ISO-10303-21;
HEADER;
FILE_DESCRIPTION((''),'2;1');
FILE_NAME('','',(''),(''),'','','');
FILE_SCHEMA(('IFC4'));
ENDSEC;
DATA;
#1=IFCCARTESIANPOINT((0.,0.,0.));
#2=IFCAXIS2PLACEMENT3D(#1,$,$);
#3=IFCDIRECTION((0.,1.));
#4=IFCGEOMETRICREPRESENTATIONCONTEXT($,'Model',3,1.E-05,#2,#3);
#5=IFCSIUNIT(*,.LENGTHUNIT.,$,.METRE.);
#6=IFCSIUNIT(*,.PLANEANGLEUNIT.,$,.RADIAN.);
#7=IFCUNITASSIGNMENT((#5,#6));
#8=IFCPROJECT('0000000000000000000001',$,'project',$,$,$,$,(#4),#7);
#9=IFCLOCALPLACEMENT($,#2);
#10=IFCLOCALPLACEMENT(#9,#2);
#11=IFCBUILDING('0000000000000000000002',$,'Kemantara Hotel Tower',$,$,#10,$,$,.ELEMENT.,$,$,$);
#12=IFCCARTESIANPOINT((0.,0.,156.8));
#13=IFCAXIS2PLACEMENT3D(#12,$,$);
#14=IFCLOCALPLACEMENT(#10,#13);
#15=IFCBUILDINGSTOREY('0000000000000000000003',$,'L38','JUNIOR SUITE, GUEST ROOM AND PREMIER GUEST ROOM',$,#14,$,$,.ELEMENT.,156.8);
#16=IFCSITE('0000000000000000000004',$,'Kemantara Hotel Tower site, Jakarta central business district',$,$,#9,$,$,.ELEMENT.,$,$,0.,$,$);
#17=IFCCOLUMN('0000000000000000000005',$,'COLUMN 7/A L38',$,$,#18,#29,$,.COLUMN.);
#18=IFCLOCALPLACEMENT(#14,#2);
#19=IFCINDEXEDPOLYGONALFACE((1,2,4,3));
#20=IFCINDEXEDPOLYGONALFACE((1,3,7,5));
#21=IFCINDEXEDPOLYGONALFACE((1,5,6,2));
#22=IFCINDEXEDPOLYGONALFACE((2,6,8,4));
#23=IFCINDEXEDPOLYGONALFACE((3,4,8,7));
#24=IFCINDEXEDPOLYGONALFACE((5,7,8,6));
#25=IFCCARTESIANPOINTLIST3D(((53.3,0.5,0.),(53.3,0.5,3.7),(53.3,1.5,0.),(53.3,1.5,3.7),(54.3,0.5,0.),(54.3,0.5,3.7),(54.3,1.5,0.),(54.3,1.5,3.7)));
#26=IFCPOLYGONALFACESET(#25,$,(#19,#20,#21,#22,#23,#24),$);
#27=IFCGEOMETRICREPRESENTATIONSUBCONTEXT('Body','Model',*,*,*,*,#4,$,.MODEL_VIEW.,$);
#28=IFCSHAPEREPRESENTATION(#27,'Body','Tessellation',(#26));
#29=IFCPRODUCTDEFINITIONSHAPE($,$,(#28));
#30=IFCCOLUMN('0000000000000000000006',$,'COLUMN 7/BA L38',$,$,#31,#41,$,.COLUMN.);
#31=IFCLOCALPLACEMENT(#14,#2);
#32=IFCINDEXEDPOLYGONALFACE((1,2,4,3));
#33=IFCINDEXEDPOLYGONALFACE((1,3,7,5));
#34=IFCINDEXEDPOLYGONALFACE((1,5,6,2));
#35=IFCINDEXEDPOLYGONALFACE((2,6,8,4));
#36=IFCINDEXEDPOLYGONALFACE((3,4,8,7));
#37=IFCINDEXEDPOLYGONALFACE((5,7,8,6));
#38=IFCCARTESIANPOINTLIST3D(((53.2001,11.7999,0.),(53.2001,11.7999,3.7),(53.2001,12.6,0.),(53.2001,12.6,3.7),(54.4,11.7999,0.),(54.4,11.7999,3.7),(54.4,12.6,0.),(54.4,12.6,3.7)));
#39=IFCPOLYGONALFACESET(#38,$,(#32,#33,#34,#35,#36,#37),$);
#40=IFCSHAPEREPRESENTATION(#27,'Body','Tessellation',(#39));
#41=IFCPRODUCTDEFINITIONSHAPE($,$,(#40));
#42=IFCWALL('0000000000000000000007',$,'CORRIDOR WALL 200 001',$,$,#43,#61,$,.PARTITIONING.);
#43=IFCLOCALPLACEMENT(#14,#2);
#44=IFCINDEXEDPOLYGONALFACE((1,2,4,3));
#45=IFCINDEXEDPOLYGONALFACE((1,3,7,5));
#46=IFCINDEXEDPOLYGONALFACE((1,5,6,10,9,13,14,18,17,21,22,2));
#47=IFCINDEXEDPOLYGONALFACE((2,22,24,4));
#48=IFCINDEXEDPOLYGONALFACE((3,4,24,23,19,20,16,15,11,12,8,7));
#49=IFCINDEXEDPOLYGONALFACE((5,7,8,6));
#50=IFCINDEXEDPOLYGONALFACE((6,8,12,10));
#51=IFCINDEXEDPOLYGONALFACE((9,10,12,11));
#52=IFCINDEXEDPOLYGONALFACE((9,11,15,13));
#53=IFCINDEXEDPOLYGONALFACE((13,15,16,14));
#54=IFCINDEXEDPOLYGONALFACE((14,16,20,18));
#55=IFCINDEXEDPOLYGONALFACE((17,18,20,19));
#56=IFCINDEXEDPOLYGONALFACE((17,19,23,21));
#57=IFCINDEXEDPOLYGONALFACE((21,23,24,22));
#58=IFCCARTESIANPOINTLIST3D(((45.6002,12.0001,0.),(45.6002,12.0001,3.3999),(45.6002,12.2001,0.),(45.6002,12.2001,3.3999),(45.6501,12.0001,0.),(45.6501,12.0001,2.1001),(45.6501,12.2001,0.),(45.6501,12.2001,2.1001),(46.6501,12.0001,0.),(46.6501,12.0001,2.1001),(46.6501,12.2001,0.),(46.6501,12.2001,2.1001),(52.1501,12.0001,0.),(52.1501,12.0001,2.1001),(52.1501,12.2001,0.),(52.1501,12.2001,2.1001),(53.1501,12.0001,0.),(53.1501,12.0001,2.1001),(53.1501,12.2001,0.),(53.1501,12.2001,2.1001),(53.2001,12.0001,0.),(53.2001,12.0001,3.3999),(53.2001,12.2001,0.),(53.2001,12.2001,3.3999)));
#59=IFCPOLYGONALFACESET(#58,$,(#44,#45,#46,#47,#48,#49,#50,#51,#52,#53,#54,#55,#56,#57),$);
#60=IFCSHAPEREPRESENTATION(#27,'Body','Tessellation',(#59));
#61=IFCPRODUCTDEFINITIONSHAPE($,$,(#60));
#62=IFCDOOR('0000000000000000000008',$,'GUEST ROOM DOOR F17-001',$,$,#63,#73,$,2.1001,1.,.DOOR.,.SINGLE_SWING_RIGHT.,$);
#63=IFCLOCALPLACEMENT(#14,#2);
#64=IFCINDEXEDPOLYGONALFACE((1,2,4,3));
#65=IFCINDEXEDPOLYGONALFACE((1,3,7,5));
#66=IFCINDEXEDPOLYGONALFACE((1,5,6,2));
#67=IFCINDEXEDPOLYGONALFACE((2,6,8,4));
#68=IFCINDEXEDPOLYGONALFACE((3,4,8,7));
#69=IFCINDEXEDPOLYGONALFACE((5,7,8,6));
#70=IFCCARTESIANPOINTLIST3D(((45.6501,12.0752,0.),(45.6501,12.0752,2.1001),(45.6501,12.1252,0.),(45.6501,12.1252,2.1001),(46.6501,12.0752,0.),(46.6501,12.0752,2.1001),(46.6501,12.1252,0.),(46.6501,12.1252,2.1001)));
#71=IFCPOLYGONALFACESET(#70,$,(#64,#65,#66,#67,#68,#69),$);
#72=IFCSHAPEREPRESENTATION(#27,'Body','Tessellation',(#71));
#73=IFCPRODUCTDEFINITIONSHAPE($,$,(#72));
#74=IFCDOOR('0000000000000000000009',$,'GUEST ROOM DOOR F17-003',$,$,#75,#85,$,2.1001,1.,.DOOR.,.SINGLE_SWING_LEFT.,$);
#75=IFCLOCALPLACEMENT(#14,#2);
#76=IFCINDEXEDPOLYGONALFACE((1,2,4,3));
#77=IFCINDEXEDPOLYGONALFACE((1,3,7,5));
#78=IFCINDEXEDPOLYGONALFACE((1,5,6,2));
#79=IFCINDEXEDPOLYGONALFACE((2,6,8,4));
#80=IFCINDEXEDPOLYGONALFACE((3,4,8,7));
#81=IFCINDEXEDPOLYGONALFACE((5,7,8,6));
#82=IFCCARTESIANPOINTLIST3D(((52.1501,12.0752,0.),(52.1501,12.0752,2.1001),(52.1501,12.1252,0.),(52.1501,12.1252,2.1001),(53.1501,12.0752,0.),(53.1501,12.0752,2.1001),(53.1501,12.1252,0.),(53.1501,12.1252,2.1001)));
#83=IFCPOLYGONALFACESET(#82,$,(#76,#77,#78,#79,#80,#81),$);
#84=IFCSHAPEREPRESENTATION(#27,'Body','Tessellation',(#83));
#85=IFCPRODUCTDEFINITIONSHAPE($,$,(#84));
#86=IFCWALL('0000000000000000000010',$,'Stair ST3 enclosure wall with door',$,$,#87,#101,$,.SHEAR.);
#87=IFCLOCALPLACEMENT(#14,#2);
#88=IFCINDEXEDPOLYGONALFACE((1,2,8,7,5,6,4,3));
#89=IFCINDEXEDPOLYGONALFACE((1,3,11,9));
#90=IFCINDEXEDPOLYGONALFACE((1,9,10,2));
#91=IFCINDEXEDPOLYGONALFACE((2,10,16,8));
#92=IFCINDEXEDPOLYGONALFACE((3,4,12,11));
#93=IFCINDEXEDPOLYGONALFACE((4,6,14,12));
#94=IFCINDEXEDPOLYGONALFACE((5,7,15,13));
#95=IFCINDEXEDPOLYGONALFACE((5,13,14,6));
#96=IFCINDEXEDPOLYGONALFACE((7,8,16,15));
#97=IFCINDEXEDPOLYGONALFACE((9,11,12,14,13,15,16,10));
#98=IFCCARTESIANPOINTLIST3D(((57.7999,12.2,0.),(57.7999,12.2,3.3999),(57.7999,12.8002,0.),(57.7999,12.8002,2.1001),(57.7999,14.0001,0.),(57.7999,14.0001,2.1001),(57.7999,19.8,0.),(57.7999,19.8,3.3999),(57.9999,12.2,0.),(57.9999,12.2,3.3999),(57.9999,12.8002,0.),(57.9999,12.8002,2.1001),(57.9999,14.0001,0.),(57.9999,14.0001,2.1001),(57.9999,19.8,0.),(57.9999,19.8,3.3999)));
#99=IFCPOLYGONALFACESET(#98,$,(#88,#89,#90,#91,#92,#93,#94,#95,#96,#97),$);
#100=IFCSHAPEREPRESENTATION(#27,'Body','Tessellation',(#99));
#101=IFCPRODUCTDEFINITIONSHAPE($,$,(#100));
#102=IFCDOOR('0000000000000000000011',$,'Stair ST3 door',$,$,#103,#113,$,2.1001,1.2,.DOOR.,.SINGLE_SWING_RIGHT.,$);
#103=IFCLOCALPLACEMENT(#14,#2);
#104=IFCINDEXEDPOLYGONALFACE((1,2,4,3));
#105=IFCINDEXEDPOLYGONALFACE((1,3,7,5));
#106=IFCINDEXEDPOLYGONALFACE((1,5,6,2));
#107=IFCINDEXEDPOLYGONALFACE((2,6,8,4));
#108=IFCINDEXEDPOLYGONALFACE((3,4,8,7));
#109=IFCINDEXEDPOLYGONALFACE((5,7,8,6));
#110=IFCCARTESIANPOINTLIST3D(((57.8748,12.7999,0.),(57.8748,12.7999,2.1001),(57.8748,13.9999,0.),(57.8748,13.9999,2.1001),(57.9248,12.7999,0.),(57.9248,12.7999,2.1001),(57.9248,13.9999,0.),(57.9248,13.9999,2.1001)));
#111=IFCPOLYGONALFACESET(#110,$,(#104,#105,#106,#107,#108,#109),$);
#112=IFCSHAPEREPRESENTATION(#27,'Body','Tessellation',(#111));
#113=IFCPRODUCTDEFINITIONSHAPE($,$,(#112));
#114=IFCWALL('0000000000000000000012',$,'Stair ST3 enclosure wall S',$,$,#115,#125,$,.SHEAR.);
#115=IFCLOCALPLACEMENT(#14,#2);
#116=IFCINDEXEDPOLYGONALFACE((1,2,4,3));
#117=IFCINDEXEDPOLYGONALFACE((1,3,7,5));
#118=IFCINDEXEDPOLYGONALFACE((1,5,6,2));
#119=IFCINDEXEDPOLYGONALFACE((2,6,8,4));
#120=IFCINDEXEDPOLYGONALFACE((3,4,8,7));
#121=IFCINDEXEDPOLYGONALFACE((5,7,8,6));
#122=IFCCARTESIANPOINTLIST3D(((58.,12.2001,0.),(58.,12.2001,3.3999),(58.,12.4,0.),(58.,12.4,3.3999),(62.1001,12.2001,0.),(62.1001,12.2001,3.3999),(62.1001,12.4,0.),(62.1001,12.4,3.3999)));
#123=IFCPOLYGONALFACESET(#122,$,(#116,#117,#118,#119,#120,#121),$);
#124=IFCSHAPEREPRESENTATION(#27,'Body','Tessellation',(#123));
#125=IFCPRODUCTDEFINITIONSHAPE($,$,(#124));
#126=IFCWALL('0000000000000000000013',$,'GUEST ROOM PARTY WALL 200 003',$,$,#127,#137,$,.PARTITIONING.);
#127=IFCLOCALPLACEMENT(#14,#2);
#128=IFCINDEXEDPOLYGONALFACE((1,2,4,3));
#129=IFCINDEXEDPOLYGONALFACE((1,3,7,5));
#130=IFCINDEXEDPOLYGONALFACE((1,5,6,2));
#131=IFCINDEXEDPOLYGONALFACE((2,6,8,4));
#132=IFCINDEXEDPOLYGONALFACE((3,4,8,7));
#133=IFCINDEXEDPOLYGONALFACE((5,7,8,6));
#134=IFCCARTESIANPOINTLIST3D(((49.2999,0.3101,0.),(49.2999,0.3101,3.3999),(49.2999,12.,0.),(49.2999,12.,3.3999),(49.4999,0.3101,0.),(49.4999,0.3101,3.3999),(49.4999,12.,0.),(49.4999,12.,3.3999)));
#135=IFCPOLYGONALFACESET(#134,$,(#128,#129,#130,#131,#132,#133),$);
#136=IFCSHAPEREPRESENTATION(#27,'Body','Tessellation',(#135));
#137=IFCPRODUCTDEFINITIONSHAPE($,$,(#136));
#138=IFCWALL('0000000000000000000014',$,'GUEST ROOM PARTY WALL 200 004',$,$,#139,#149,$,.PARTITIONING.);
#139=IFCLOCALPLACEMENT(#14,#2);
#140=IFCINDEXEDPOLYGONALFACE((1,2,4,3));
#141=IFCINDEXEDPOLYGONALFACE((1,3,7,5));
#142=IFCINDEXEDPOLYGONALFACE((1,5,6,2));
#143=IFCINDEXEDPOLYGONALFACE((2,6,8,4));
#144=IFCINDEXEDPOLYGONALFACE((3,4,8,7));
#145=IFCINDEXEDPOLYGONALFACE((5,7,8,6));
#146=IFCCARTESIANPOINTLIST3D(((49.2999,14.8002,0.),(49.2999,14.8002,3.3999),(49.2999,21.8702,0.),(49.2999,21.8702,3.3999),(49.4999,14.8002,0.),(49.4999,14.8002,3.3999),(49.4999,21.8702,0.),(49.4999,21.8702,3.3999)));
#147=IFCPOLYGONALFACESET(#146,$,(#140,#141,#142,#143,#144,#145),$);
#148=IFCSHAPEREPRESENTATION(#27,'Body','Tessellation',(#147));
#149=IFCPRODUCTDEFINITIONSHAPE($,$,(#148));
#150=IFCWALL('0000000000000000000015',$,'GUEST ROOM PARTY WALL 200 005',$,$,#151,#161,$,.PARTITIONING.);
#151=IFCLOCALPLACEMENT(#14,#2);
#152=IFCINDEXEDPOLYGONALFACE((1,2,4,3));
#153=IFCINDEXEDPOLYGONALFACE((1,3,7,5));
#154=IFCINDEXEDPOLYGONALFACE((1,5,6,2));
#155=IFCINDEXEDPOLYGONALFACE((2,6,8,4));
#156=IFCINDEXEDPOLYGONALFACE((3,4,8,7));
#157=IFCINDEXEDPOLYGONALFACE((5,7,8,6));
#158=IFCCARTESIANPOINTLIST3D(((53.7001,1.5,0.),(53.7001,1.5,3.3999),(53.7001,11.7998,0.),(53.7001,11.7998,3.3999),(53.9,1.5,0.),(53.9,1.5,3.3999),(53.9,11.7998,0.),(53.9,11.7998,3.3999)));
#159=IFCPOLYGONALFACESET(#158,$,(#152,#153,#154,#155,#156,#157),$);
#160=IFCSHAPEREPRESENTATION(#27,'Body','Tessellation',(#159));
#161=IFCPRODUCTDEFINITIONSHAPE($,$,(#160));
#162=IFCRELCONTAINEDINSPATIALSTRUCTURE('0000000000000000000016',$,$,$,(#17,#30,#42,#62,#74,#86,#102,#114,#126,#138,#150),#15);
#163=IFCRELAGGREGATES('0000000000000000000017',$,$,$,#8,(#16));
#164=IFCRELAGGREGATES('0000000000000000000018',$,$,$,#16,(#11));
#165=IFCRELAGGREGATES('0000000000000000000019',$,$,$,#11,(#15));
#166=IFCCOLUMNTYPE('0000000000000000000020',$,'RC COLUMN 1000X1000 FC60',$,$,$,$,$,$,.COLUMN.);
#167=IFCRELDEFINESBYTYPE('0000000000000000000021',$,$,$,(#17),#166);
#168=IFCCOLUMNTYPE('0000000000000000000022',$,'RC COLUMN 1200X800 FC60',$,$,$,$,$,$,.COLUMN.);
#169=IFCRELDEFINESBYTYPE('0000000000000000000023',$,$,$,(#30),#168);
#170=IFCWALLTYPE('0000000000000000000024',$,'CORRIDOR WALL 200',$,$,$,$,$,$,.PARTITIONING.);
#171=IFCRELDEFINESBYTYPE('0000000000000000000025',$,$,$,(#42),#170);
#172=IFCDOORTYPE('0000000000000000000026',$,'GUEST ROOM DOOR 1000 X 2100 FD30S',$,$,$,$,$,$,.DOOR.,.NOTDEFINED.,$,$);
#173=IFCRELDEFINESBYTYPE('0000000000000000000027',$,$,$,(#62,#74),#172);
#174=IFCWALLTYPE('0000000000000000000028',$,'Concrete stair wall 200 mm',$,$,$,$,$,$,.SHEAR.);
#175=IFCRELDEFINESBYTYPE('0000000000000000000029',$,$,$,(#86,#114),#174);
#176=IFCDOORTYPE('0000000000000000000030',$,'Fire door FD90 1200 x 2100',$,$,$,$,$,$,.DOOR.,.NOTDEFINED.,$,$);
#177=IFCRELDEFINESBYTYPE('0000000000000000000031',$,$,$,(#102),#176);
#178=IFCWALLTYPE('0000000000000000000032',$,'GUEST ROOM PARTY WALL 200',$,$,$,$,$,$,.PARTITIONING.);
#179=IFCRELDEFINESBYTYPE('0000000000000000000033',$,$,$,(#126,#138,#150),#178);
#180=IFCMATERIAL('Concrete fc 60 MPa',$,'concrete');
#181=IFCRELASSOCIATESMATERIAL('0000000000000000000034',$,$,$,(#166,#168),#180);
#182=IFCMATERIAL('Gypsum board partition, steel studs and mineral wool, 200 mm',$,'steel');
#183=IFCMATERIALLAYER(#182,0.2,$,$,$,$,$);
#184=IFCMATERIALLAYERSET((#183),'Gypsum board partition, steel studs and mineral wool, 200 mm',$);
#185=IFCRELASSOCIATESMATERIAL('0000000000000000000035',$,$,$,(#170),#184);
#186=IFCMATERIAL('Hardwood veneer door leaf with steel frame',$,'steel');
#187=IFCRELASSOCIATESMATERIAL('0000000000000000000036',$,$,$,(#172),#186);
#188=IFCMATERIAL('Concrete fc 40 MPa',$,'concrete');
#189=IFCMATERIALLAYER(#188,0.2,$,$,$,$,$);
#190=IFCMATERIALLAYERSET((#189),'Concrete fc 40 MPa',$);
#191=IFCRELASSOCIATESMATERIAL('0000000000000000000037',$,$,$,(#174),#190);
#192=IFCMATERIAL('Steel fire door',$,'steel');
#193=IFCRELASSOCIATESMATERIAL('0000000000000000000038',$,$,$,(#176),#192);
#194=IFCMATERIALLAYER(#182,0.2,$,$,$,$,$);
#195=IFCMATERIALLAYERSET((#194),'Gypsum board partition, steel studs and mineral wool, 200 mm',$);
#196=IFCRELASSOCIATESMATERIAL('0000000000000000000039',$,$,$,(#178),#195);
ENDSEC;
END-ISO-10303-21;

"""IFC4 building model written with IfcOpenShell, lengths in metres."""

from ifc_helpers import new_model, si_unit, direction, frame, frame_2d, origin, origin_2d, place, context, subcontext, project, spatial, rectangle, extrude, material, layer, layer_set, material_profile, profile_set, type_object, element, fill, save


model = new_model("IFC4")

# Units and contexts
model_context = context("Model", 3, precision=1e-05, world=origin(), true_north=direction((0.0, 1.0)))
body_context = subcontext(model_context, "Body", "Model", "MODEL_VIEW")
ifc_project = project(units=[si_unit("LENGTHUNIT", "METRE"), si_unit("PLANEANGLEUNIT", "RADIAN")], contexts=[model_context])

# Site, building, storey
site_placement = place(None, origin())
site = spatial("IfcSite", under=ifc_project, at=site_placement, Name="Kemantara Hotel Tower site, Jakarta central business district", CompositionType="ELEMENT", RefElevation=0.0)
building_placement = place(site_placement, origin())
building = spatial("IfcBuilding", under=site, at=building_placement, Name="Kemantara Hotel Tower", CompositionType="ELEMENT")
storey_placement = place(building_placement, frame((0.0, 0.0, 156.8)))
storey = spatial("IfcBuildingStorey", under=building, at=storey_placement, Name="L38", Description="JUNIOR SUITE, GUEST ROOM AND PREMIER GUEST ROOM", CompositionType="ELEMENT", Elevation=156.8)

# Columns
ifc_material_1 = material(Name="Concrete fc 60 MPa", Category="concrete")
ifc_material_profile_1 = material_profile(ifc_material_1, rectangle(XDim=1.0, YDim=1.0, at=origin_2d()), Name="RC 1000X1000")
ifc_profile_set_1 = profile_set([ifc_material_profile_1], Name="Concrete fc 60 MPa")
column_type_1 = type_object("IfcColumnType", Name="RC COLUMN 1000X1000 FC60", PredefinedType="COLUMN", material=ifc_profile_set_1)
column_1_placement = place(storey_placement, frame((53.8, 1.0, 0.0), z_axis=(0.0, 0.0, 1.0), x_axis=(1.0, 0.0, 0.0)))
element("IfcColumn", 1, at=column_1_placement, inside=storey, type_object=column_type_1, Name="COLUMN 7/A L38", PredefinedType="COLUMN", context=body_context, shape_type="SweptSolid", body=[
    extrude(rectangle(XDim=1.0, YDim=1.0, at=origin_2d()), origin(), (0.0, 0.0, 1.0), 3.7),
])
ifc_material_profile_2 = material_profile(ifc_material_1, rectangle(XDim=1.2, YDim=0.8, at=origin_2d()), Name="RC 1200X800")
ifc_profile_set_2 = profile_set([ifc_material_profile_2], Name="Concrete fc 60 MPa")
column_type_2 = type_object("IfcColumnType", Name="RC COLUMN 1200X800 FC60", PredefinedType="COLUMN", material=ifc_profile_set_2)
column_2_placement = place(storey_placement, frame((53.8, 12.2, 0.0), z_axis=(0.0, 0.0, 1.0), x_axis=(1.0, 0.0, 0.0)))
element("IfcColumn", 2, at=column_2_placement, inside=storey, type_object=column_type_2, Name="COLUMN 7/BA L38", PredefinedType="COLUMN", context=body_context, shape_type="SweptSolid", body=[
    extrude(rectangle(XDim=1.2, YDim=0.8, at=origin_2d()), origin(), (0.0, 0.0, 1.0), 3.7),
])

# Wall, openings, doors
ifc_material_2 = material(Name="Gypsum board partition, steel studs and mineral wool, 200 mm", Category="steel")
ifc_layer_1 = layer(ifc_material_2, 0.2)
ifc_layer_set_1 = layer_set([ifc_layer_1], Name="Gypsum board partition, steel studs and mineral wool, 200 mm")
wall_type_1 = type_object("IfcWallType", Name="CORRIDOR WALL 200", PredefinedType="PARTITIONING", material=ifc_layer_set_1)
wall_1_placement = place(storey_placement, frame((53.2, 12.1001, 0.0), z_axis=(0.0, 0.0, 1.0), x_axis=(-1.0, 0.0, 0.0)))
wall_1 = element("IfcWall", 3, at=wall_1_placement, inside=storey, type_object=wall_type_1, Name="CORRIDOR WALL 200 001", PredefinedType="PARTITIONING", context=body_context, shape_type="SweptSolid", body=[
    extrude(rectangle(XDim=7.5999, YDim=0.2, at=frame_2d((3.7998, 0.0))), origin(), (0.0, 0.0, 1.0), 3.3999),
])
opening_1_placement = place(wall_1_placement, frame((6.5498, 0.0, 0.0)))
opening_1 = element("IfcOpeningElement", 4, at=opening_1_placement, cuts=wall_1, PredefinedType="OPENING", context=body_context, shape_type="SweptSolid", body=[
    extrude(rectangle(XDim=1.0, YDim=2.1001, at=frame_2d((0.5, 1.05))), frame((0.0, 0.1099, 0.0), z_axis=(0.0, -1.0, 0.0), x_axis=(1.0, 0.0, 0.0)), (0.0, 0.0, 1.0), 0.22),
])
opening_2_placement = place(wall_1_placement, frame((0.0498, 0.0, 0.0)))
opening_2 = element("IfcOpeningElement", 5, at=opening_2_placement, cuts=wall_1, PredefinedType="OPENING", context=body_context, shape_type="SweptSolid", body=[
    extrude(rectangle(XDim=1.0, YDim=2.1001, at=frame_2d((0.5, 1.05))), frame((0.0, 0.1099, 0.0), z_axis=(0.0, -1.0, 0.0), x_axis=(1.0, 0.0, 0.0)), (0.0, 0.0, 1.0), 0.22),
])
ifc_material_3 = material(Name="Hardwood veneer door leaf with steel frame", Category="steel")
door_type_1 = type_object("IfcDoorType", Name="GUEST ROOM DOOR 1000 X 2100 FD30S", OperationType="NOTDEFINED", PredefinedType="DOOR", material=ifc_material_3)
door_1_placement = place(opening_1_placement, origin())
door_1 = element("IfcDoor", 6, at=door_1_placement, inside=storey, type_object=door_type_1, Name="GUEST ROOM DOOR F17-001", OperationType="SINGLE_SWING_RIGHT", OverallHeight=2.1001, OverallWidth=1.0, PredefinedType="DOOR", context=body_context, shape_type="SweptSolid", body=[
    extrude(rectangle(XDim=1.0, YDim=2.1001, at=frame_2d((0.5, 1.05))), frame((0.0, 0.0249, 0.0), z_axis=(0.0, -1.0, 0.0), x_axis=(1.0, 0.0, 0.0)), (0.0, 0.0, 1.0), 0.05),
])
fill(opening_1, door_1)
door_2_placement = place(opening_2_placement, origin())
door_2 = element("IfcDoor", 7, at=door_2_placement, inside=storey, type_object=door_type_1, Name="GUEST ROOM DOOR F17-003", OperationType="SINGLE_SWING_LEFT", OverallHeight=2.1001, OverallWidth=1.0, PredefinedType="DOOR", context=body_context, shape_type="SweptSolid", body=[
    extrude(rectangle(XDim=1.0, YDim=2.1001, at=frame_2d((0.5, 1.05))), frame((0.0, 0.0249, 0.0), z_axis=(0.0, -1.0, 0.0), x_axis=(1.0, 0.0, 0.0)), (0.0, 0.0, 1.0), 0.05),
])
fill(opening_2, door_2)

# Wall, opening, door
ifc_material_4 = material(Name="Concrete fc 40 MPa", Category="concrete")
ifc_layer_2 = layer(ifc_material_4, 0.2)
ifc_layer_set_2 = layer_set([ifc_layer_2], Name="Concrete fc 40 MPa")
wall_type_2 = type_object("IfcWallType", Name="Concrete stair wall 200 mm", PredefinedType="SHEAR", material=ifc_layer_set_2)
wall_2_placement = place(storey_placement, frame((57.8999, 12.2, 0.0), z_axis=(0.0, 0.0, 1.0), x_axis=(0.0, 1.0, 0.0)))
wall_2 = element("IfcWall", 8, at=wall_2_placement, inside=storey, type_object=wall_type_2, Name="Stair ST3 enclosure wall with door", PredefinedType="SHEAR", context=body_context, shape_type="SweptSolid", body=[
    extrude(rectangle(XDim=7.6001, YDim=0.2, at=frame_2d((3.8, 0.0))), origin(), (0.0, 0.0, 1.0), 3.3999),
])
opening_3_placement = place(wall_2_placement, frame((0.6001, 0.0, 0.0)))
opening_3 = element("IfcOpeningElement", 9, at=opening_3_placement, cuts=wall_2, PredefinedType="OPENING", context=body_context, shape_type="SweptSolid", body=[
    extrude(rectangle(XDim=1.2, YDim=2.1001, at=frame_2d((0.6001, 1.05))), frame((0.0, 0.1099, 0.0), z_axis=(0.0, -1.0, 0.0), x_axis=(1.0, 0.0, 0.0)), (0.0, 0.0, 1.0), 0.22),
])
ifc_material_5 = material(Name="Steel fire door", Category="steel")
door_type_2 = type_object("IfcDoorType", Name="Fire door FD90 1200 x 2100", OperationType="NOTDEFINED", PredefinedType="DOOR", material=ifc_material_5)
door_3_placement = place(opening_3_placement, frame((1.2, 0.0, 0.0), z_axis=(0.0, 0.0, 1.0), x_axis=(-1.0, 0.0, 0.0)))
door_3 = element("IfcDoor", 10, at=door_3_placement, inside=storey, type_object=door_type_2, Name="Stair ST3 door", OperationType="SINGLE_SWING_RIGHT", OverallHeight=2.1001, OverallWidth=1.2, PredefinedType="DOOR", context=body_context, shape_type="SweptSolid", body=[
    extrude(rectangle(XDim=1.2, YDim=2.1001, at=frame_2d((0.6001, 1.05))), frame((0.0, 0.0249, 0.0), z_axis=(0.0, -1.0, 0.0), x_axis=(1.0, 0.0, 0.0)), (0.0, 0.0, 1.0), 0.05),
])
fill(opening_3, door_3)

# Walls
wall_3_placement = place(storey_placement, frame((58.0, 12.3, 0.0), z_axis=(0.0, 0.0, 1.0), x_axis=(1.0, 0.0, 0.0)))
element("IfcWall", 11, at=wall_3_placement, inside=storey, type_object=wall_type_2, Name="Stair ST3 enclosure wall S", PredefinedType="SHEAR", context=body_context, shape_type="SweptSolid", body=[
    extrude(rectangle(XDim=4.1001, YDim=0.2, at=frame_2d((2.05, 0.0))), origin(), (0.0, 0.0, 1.0), 3.3999),
])
ifc_layer_3 = layer(ifc_material_2, 0.2)
ifc_layer_set_3 = layer_set([ifc_layer_3], Name="Gypsum board partition, steel studs and mineral wool, 200 mm")
wall_type_3 = type_object("IfcWallType", Name="GUEST ROOM PARTY WALL 200", PredefinedType="PARTITIONING", material=ifc_layer_set_3)
wall_4_placement = place(storey_placement, frame((49.3999, 0.3101, 0.0), z_axis=(0.0, 0.0, 1.0), x_axis=(0.0, 1.0, 0.0)))
element("IfcWall", 12, at=wall_4_placement, inside=storey, type_object=wall_type_3, Name="GUEST ROOM PARTY WALL 200 003", PredefinedType="PARTITIONING", context=body_context, shape_type="SweptSolid", body=[
    extrude(rectangle(XDim=11.6899, YDim=0.2, at=frame_2d((5.845, 0.0))), origin(), (0.0, 0.0, 1.0), 3.3999),
])
wall_5_placement = place(storey_placement, frame((49.3999, 14.8, 0.0), z_axis=(0.0, 0.0, 1.0), x_axis=(0.0, 1.0, 0.0)))
element("IfcWall", 13, at=wall_5_placement, inside=storey, type_object=wall_type_3, Name="GUEST ROOM PARTY WALL 200 004", PredefinedType="PARTITIONING", context=body_context, shape_type="SweptSolid", body=[
    extrude(rectangle(XDim=7.0701, YDim=0.2, at=frame_2d((3.5352, 0.0))), origin(), (0.0, 0.0, 1.0), 3.3999),
])
wall_6_placement = place(storey_placement, frame((53.8, 1.5, 0.0), z_axis=(0.0, 0.0, 1.0), x_axis=(0.0, 1.0, 0.0)))
element("IfcWall", 14, at=wall_6_placement, inside=storey, type_object=wall_type_3, Name="GUEST ROOM PARTY WALL 200 005", PredefinedType="PARTITIONING", context=body_context, shape_type="SweptSolid", body=[
    extrude(rectangle(XDim=10.2998, YDim=0.2, at=frame_2d((5.1499, 0.0))), origin(), (0.0, 0.0, 1.0), 3.3999),
])

save(model, "model.ifc")
